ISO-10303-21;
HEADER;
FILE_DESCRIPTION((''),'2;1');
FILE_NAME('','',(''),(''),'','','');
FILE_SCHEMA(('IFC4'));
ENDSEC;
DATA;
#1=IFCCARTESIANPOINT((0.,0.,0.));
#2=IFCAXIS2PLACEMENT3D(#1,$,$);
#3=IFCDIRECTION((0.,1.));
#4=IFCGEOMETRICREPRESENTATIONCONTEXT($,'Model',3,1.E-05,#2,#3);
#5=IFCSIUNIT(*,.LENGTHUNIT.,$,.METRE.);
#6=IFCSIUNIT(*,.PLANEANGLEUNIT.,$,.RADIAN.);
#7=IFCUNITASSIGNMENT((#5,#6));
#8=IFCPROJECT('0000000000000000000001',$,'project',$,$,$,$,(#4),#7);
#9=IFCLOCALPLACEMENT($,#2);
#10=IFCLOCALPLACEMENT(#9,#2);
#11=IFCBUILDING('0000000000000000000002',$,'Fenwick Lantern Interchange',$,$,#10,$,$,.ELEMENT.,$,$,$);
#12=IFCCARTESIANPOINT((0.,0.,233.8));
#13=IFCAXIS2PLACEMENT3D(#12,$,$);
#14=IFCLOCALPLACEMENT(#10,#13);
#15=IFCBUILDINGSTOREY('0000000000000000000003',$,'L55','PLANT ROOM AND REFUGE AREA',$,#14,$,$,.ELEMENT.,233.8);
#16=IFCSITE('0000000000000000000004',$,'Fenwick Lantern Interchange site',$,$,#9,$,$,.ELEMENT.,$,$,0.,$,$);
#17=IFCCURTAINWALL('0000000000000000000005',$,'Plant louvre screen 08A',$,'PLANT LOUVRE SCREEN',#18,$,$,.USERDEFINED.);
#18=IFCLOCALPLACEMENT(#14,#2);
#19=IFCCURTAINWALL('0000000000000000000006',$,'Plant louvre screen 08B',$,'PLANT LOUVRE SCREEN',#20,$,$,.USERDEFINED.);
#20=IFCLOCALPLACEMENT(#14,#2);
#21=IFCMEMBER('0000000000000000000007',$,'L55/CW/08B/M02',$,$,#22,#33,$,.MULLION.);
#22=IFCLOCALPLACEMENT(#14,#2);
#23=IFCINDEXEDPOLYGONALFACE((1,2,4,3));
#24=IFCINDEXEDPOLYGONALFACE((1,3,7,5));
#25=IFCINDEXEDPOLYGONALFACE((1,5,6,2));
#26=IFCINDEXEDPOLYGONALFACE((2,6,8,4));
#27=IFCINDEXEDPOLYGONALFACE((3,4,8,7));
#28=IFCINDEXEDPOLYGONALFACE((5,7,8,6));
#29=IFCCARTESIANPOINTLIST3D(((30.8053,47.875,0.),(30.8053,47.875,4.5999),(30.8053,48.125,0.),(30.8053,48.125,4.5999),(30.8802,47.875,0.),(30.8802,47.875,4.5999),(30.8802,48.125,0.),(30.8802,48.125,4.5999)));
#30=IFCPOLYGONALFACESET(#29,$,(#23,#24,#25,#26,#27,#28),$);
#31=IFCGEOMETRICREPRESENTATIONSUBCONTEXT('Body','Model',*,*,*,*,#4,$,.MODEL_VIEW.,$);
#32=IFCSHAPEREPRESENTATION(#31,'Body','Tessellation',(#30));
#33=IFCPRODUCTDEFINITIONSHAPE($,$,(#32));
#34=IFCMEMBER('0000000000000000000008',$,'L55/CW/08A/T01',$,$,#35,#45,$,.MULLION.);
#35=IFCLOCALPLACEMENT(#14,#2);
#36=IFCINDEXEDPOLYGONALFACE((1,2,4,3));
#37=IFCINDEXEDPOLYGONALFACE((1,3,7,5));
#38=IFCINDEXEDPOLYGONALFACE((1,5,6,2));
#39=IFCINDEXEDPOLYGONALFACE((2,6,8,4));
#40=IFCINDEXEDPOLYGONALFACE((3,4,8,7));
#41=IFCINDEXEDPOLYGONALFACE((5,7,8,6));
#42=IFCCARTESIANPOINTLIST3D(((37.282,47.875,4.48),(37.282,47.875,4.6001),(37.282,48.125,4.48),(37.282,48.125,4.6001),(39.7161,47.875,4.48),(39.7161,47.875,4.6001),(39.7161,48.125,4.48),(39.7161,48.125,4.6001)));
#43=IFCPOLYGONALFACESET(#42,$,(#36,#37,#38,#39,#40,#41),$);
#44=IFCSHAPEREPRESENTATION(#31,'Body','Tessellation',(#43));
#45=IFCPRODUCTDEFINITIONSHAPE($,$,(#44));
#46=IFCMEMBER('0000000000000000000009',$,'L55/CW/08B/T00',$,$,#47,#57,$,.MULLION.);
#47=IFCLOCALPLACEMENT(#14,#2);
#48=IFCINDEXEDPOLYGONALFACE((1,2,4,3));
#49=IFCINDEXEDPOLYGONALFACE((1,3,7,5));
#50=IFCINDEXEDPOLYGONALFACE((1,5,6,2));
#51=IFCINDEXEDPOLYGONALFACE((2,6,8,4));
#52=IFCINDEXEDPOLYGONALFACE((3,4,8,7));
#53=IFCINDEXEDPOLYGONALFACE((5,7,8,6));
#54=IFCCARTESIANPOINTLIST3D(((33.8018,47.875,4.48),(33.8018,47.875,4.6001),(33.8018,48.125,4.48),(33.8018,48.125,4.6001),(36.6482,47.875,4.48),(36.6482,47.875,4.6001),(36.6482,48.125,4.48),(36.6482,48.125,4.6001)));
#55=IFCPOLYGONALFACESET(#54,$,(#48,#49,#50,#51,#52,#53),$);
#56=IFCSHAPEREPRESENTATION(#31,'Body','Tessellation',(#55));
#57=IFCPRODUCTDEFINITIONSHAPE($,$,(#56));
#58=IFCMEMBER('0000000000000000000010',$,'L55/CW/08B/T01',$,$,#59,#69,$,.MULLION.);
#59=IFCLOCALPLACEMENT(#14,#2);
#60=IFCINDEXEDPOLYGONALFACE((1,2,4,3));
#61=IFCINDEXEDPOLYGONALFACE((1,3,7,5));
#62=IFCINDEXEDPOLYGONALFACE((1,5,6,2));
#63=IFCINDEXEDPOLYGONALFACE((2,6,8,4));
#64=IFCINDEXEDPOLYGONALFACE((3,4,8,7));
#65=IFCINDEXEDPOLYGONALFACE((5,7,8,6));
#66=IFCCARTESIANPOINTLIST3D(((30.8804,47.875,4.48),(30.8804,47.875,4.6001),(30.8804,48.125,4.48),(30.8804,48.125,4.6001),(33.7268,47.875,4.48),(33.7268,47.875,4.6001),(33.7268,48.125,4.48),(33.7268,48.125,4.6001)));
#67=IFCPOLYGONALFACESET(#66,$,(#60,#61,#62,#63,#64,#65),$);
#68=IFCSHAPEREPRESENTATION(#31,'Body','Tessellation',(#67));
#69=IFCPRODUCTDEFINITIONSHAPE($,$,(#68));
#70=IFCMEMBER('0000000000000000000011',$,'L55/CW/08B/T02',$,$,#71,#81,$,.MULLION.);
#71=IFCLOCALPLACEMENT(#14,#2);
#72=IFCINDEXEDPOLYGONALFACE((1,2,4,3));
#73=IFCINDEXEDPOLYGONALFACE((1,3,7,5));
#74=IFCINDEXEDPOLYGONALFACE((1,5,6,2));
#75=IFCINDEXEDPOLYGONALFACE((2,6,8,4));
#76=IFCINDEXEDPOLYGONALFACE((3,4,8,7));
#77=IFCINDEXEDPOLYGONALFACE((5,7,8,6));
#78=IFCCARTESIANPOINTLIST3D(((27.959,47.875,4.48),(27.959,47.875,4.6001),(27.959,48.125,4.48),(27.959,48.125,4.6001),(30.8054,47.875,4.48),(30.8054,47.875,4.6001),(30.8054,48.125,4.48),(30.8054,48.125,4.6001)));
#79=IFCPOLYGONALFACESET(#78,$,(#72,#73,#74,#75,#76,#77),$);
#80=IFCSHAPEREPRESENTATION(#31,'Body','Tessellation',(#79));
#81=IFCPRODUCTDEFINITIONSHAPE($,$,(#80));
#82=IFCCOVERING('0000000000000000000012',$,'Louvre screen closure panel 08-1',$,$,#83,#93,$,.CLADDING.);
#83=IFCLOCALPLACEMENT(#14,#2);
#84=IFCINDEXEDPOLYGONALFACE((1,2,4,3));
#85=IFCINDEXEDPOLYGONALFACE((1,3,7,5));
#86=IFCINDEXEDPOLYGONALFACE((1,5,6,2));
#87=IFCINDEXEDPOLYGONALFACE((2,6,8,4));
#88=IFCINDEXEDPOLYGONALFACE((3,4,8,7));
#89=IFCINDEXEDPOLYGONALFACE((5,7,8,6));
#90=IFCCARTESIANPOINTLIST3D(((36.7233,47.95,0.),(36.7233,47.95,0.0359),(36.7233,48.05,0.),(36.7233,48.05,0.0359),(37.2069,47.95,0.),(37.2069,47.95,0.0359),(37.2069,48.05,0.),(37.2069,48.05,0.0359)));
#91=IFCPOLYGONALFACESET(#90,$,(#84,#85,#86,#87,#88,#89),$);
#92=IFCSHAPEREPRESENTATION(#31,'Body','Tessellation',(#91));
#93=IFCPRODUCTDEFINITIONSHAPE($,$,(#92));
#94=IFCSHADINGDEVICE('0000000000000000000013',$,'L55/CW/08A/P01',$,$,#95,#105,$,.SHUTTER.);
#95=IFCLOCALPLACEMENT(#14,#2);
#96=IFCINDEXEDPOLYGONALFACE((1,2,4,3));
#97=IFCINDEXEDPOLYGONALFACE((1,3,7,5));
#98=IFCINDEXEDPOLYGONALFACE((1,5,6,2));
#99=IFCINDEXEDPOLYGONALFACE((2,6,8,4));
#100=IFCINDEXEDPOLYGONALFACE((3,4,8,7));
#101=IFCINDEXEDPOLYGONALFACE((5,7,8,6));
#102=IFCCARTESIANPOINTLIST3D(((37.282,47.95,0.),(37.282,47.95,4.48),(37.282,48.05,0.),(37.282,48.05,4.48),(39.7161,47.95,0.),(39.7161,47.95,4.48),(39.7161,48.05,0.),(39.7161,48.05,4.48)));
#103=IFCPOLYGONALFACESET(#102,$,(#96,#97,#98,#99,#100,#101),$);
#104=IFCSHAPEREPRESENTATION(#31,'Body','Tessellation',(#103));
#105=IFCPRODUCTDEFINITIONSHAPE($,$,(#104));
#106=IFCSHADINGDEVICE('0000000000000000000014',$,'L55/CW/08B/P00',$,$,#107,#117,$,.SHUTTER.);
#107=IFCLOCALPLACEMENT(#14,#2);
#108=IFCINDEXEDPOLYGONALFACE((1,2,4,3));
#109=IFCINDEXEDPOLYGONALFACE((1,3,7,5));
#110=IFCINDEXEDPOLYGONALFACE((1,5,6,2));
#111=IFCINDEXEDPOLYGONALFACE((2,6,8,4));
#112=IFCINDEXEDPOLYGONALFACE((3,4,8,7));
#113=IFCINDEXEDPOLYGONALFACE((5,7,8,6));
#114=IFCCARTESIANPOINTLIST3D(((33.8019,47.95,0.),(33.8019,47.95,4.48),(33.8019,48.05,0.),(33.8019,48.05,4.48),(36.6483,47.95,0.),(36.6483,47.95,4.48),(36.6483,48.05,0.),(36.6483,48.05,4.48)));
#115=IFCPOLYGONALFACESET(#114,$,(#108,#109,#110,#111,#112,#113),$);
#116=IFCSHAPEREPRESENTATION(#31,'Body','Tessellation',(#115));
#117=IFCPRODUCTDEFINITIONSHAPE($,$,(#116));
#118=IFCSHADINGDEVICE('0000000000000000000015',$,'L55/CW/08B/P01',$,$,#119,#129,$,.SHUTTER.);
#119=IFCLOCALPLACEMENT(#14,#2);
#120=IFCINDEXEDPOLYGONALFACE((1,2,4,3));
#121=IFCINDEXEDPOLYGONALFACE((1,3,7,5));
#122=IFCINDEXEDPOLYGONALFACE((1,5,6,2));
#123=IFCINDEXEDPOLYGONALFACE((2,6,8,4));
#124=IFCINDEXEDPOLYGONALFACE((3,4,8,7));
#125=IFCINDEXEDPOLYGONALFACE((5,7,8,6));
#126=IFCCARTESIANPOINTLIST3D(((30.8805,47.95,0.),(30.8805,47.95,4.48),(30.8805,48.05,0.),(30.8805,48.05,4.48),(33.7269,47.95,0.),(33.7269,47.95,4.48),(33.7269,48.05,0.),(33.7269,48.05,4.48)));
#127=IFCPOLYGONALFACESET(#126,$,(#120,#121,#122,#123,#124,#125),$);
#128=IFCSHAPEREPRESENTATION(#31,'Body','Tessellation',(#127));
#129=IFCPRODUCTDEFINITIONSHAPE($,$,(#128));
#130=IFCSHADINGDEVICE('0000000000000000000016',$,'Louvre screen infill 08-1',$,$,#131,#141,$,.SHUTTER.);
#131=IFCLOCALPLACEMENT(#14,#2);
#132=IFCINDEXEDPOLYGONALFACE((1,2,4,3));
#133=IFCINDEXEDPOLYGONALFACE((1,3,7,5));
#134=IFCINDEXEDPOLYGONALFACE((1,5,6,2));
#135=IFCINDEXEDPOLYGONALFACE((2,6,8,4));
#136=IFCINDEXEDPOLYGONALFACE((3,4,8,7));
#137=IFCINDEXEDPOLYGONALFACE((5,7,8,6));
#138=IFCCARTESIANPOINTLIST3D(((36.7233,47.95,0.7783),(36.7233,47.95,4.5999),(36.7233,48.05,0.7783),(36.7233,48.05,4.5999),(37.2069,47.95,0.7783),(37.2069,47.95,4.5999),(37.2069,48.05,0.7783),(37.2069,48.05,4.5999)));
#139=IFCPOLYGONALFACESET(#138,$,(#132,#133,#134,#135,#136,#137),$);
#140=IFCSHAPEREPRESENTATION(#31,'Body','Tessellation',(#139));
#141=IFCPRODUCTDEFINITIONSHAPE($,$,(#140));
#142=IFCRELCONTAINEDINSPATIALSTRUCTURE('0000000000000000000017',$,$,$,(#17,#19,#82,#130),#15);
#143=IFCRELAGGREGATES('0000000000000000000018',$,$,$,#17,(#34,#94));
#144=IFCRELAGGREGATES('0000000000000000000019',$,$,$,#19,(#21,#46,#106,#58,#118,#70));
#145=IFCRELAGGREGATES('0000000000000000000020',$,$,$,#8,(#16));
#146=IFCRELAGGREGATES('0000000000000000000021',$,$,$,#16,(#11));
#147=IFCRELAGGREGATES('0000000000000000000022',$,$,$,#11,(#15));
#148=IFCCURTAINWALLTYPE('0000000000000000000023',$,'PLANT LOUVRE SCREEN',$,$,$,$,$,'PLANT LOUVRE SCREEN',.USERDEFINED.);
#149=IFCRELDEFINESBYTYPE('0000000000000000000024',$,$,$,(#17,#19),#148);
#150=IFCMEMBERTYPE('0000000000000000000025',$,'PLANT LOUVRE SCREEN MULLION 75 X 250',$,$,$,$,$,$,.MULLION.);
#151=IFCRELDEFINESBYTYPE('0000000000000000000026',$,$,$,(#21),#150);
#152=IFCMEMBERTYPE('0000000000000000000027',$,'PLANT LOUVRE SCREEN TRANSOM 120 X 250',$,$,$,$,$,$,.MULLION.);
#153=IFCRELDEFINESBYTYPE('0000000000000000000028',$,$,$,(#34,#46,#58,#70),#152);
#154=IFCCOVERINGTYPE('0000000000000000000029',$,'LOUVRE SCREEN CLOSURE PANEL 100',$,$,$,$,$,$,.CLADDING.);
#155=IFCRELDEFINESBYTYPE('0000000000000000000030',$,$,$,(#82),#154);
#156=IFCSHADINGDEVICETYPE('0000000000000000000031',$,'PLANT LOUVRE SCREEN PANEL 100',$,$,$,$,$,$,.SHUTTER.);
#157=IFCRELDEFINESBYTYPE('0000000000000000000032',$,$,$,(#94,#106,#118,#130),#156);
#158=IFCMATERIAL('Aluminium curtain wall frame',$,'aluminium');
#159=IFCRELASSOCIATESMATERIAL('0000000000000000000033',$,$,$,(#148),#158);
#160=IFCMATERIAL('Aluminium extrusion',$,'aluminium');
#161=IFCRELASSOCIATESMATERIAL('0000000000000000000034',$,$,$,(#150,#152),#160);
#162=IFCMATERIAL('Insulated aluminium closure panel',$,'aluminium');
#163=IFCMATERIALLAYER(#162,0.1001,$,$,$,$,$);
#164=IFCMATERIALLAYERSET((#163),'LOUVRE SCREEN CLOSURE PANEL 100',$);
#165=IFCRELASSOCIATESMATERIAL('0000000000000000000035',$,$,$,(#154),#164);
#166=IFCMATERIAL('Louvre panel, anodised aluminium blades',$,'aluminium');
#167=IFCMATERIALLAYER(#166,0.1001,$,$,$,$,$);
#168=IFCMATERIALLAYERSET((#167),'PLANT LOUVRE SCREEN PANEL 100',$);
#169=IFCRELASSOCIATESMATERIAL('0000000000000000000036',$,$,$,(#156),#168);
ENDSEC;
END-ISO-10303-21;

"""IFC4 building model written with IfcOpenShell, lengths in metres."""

from ifc_helpers import new_model, si_unit, direction, frame, origin, origin_2d, place, context, subcontext, project, spatial, rectangle, extrude, material, layer, layer_set, material_profile, profile_set, type_object, element, aggregate, save


model = new_model("IFC4")

# Units and contexts
model_context = context("Model", 3, precision=1e-05, world=origin(), true_north=direction((0.0, 1.0)))
body_context = subcontext(model_context, "Body", "Model", "MODEL_VIEW")
ifc_project = project(units=[si_unit("LENGTHUNIT", "METRE"), si_unit("PLANEANGLEUNIT", "RADIAN")], contexts=[model_context])

# Site, building, storey
site_placement = place(None, origin())
site = spatial("IfcSite", under=ifc_project, at=site_placement, Name="Fenwick Lantern Interchange site", CompositionType="ELEMENT", RefElevation=0.0)
building_placement = place(site_placement, origin())
building = spatial("IfcBuilding", under=site, at=building_placement, Name="Fenwick Lantern Interchange", CompositionType="ELEMENT")
storey_placement = place(building_placement, frame((0.0, 0.0, 233.8)))
storey = spatial("IfcBuildingStorey", under=building, at=storey_placement, Name="L55", Description="PLANT ROOM AND REFUGE AREA", CompositionType="ELEMENT", Elevation=233.8)

# Curtain walls, member
ifc_material_1 = material(Name="Aluminium curtain wall frame", Category="aluminium")
curtain_wall_type = type_object("IfcCurtainWallType", Name="PLANT LOUVRE SCREEN", ElementType="PLANT LOUVRE SCREEN", PredefinedType="USERDEFINED", material=ifc_material_1)
curtain_wall_1_placement = place(storey_placement, origin())
curtain_wall_1 = element("IfcCurtainWall", 1, at=curtain_wall_1_placement, inside=storey, type_object=curtain_wall_type, Name="Plant louvre screen 08A", ObjectType="PLANT LOUVRE SCREEN", PredefinedType="USERDEFINED")
ifc_material_2 = material(Name="Aluminium extrusion", Category="aluminium")
ifc_material_profile_1 = material_profile(ifc_material_2, rectangle(XDim=0.25, YDim=0.075, at=origin_2d()), Name="PLANT LOUVRE SCREEN MULLION 75 X 250")
ifc_profile_set_1 = profile_set([ifc_material_profile_1], Name="Aluminium extrusion")
member_type_1 = type_object("IfcMemberType", Name="PLANT LOUVRE SCREEN MULLION 75 X 250", PredefinedType="MULLION", material=ifc_profile_set_1)
curtain_wall_2_placement = place(storey_placement, origin())
curtain_wall_2 = element("IfcCurtainWall", 2, at=curtain_wall_2_placement, inside=storey, type_object=curtain_wall_type, Name="Plant louvre screen 08B", ObjectType="PLANT LOUVRE SCREEN", PredefinedType="USERDEFINED")
member_1_placement = place(storey_placement, frame((30.8428, 48.0, 0.0), z_axis=(0.0, 0.0, 1.0), x_axis=(0.0, -1.0, 0.0)))
member_1 = element("IfcMember", 3, at=member_1_placement, type_object=member_type_1, Name="L55/CW/08B/M02", PredefinedType="MULLION", context=body_context, shape_type="SweptSolid", body=[
    extrude(rectangle(XDim=0.25, YDim=0.075, at=origin_2d()), origin(), (0.0, 0.0, 1.0), 4.5999),
])

# Members
ifc_material_profile_2 = material_profile(ifc_material_2, rectangle(XDim=0.25, YDim=0.1201, at=origin_2d()), Name="PLANT LOUVRE SCREEN TRANSOM 120 X 250")
ifc_profile_set_2 = profile_set([ifc_material_profile_2], Name="Aluminium extrusion")
member_type_2 = type_object("IfcMemberType", Name="PLANT LOUVRE SCREEN TRANSOM 120 X 250", PredefinedType="MULLION", material=ifc_profile_set_2)
member_2_placement = place(storey_placement, frame((39.7161, 48.0, 4.54), z_axis=(-1.0, 0.0, 0.0), x_axis=(0.0, -1.0, 0.0)))
member_2 = element("IfcMember", 4, at=member_2_placement, type_object=member_type_2, Name="L55/CW/08A/T01", PredefinedType="MULLION", context=body_context, shape_type="SweptSolid", body=[
    extrude(rectangle(XDim=0.25, YDim=0.1201, at=origin_2d()), origin(), (0.0, 0.0, 1.0), 2.4341),
])
member_3_placement = place(storey_placement, frame((36.6482, 48.0, 4.54), z_axis=(-1.0, 0.0, 0.0), x_axis=(0.0, -1.0, 0.0)))
member_3 = element("IfcMember", 5, at=member_3_placement, type_object=member_type_2, Name="L55/CW/08B/T00", PredefinedType="MULLION", context=body_context, shape_type="SweptSolid", body=[
    extrude(rectangle(XDim=0.25, YDim=0.1201, at=origin_2d()), origin(), (0.0, 0.0, 1.0), 2.8464),
])
member_4_placement = place(storey_placement, frame((33.7268, 48.0, 4.54), z_axis=(-1.0, 0.0, 0.0), x_axis=(0.0, -1.0, 0.0)))
member_4 = element("IfcMember", 6, at=member_4_placement, type_object=member_type_2, Name="L55/CW/08B/T01", PredefinedType="MULLION", context=body_context, shape_type="SweptSolid", body=[
    extrude(rectangle(XDim=0.25, YDim=0.1201, at=origin_2d()), origin(), (0.0, 0.0, 1.0), 2.8464),
])
member_5_placement = place(storey_placement, frame((30.8054, 48.0, 4.54), z_axis=(-1.0, 0.0, 0.0), x_axis=(0.0, -1.0, 0.0)))
member_5 = element("IfcMember", 7, at=member_5_placement, type_object=member_type_2, Name="L55/CW/08B/T02", PredefinedType="MULLION", context=body_context, shape_type="SweptSolid", body=[
    extrude(rectangle(XDim=0.25, YDim=0.1201, at=origin_2d()), origin(), (0.0, 0.0, 1.0), 2.8464),
])

# Covering
ifc_material_3 = material(Name="Insulated aluminium closure panel", Category="aluminium")
ifc_layer_1 = layer(ifc_material_3, 0.1001)
ifc_layer_set_1 = layer_set([ifc_layer_1], Name="LOUVRE SCREEN CLOSURE PANEL 100")
covering_type = type_object("IfcCoveringType", Name="LOUVRE SCREEN CLOSURE PANEL 100", PredefinedType="CLADDING", material=ifc_layer_set_1)
covering_placement = place(storey_placement, frame((36.9651, 48.0, 0.0), z_axis=(0.0, 0.0, 1.0), x_axis=(-1.0, 0.0, 0.0)))
element("IfcCovering", 8, at=covering_placement, inside=storey, type_object=covering_type, Name="Louvre screen closure panel 08-1", PredefinedType="CLADDING", context=body_context, shape_type="SweptSolid", body=[
    extrude(rectangle(XDim=0.4836, YDim=0.1001, at=origin_2d()), origin(), (0.0, 0.0, 1.0), 0.0359),
])

# Shading devices
ifc_material_4 = material(Name="Louvre panel, anodised aluminium blades", Category="aluminium")
ifc_layer_2 = layer(ifc_material_4, 0.1001)
ifc_layer_set_2 = layer_set([ifc_layer_2], Name="PLANT LOUVRE SCREEN PANEL 100")
shading_device_type = type_object("IfcShadingDeviceType", Name="PLANT LOUVRE SCREEN PANEL 100", PredefinedType="SHUTTER", material=ifc_layer_set_2)
shading_device_1_placement = place(storey_placement, frame((38.499, 48.0, 0.0), z_axis=(0.0, 0.0, 1.0), x_axis=(-1.0, 0.0, 0.0)))
shading_device_1 = element("IfcShadingDevice", 9, at=shading_device_1_placement, type_object=shading_device_type, Name="L55/CW/08A/P01", PredefinedType="SHUTTER", context=body_context, shape_type="SweptSolid", body=[
    extrude(rectangle(XDim=2.4341, YDim=0.1001, at=origin_2d()), origin(), (0.0, 0.0, 1.0), 4.48),
])
aggregate(curtain_wall_1, [member_2, shading_device_1])
shading_device_2_placement = place(storey_placement, frame((35.2251, 48.0, 0.0), z_axis=(0.0, 0.0, 1.0), x_axis=(-1.0, 0.0, 0.0)))
shading_device_2 = element("IfcShadingDevice", 10, at=shading_device_2_placement, type_object=shading_device_type, Name="L55/CW/08B/P00", PredefinedType="SHUTTER", context=body_context, shape_type="SweptSolid", body=[
    extrude(rectangle(XDim=2.8464, YDim=0.1001, at=origin_2d()), origin(), (0.0, 0.0, 1.0), 4.48),
])
shading_device_3_placement = place(storey_placement, frame((32.3037, 48.0, 0.0), z_axis=(0.0, 0.0, 1.0), x_axis=(-1.0, 0.0, 0.0)))
shading_device_3 = element("IfcShadingDevice", 11, at=shading_device_3_placement, type_object=shading_device_type, Name="L55/CW/08B/P01", PredefinedType="SHUTTER", context=body_context, shape_type="SweptSolid", body=[
    extrude(rectangle(XDim=2.8464, YDim=0.1001, at=origin_2d()), origin(), (0.0, 0.0, 1.0), 4.48),
])
aggregate(curtain_wall_2, [member_1, member_3, shading_device_2, member_4, shading_device_3, member_5])
shading_device_4_placement = place(storey_placement, frame((36.9651, 48.0, 0.7783), z_axis=(0.0, 0.0, 1.0), x_axis=(-1.0, 0.0, 0.0)))
element("IfcShadingDevice", 12, at=shading_device_4_placement, inside=storey, type_object=shading_device_type, Name="Louvre screen infill 08-1", PredefinedType="SHUTTER", context=body_context, shape_type="SweptSolid", body=[
    extrude(rectangle(XDim=0.4836, YDim=0.1001, at=origin_2d()), origin(), (0.0, 0.0, 1.0), 3.8215),
])

save(model, "model.ifc")
